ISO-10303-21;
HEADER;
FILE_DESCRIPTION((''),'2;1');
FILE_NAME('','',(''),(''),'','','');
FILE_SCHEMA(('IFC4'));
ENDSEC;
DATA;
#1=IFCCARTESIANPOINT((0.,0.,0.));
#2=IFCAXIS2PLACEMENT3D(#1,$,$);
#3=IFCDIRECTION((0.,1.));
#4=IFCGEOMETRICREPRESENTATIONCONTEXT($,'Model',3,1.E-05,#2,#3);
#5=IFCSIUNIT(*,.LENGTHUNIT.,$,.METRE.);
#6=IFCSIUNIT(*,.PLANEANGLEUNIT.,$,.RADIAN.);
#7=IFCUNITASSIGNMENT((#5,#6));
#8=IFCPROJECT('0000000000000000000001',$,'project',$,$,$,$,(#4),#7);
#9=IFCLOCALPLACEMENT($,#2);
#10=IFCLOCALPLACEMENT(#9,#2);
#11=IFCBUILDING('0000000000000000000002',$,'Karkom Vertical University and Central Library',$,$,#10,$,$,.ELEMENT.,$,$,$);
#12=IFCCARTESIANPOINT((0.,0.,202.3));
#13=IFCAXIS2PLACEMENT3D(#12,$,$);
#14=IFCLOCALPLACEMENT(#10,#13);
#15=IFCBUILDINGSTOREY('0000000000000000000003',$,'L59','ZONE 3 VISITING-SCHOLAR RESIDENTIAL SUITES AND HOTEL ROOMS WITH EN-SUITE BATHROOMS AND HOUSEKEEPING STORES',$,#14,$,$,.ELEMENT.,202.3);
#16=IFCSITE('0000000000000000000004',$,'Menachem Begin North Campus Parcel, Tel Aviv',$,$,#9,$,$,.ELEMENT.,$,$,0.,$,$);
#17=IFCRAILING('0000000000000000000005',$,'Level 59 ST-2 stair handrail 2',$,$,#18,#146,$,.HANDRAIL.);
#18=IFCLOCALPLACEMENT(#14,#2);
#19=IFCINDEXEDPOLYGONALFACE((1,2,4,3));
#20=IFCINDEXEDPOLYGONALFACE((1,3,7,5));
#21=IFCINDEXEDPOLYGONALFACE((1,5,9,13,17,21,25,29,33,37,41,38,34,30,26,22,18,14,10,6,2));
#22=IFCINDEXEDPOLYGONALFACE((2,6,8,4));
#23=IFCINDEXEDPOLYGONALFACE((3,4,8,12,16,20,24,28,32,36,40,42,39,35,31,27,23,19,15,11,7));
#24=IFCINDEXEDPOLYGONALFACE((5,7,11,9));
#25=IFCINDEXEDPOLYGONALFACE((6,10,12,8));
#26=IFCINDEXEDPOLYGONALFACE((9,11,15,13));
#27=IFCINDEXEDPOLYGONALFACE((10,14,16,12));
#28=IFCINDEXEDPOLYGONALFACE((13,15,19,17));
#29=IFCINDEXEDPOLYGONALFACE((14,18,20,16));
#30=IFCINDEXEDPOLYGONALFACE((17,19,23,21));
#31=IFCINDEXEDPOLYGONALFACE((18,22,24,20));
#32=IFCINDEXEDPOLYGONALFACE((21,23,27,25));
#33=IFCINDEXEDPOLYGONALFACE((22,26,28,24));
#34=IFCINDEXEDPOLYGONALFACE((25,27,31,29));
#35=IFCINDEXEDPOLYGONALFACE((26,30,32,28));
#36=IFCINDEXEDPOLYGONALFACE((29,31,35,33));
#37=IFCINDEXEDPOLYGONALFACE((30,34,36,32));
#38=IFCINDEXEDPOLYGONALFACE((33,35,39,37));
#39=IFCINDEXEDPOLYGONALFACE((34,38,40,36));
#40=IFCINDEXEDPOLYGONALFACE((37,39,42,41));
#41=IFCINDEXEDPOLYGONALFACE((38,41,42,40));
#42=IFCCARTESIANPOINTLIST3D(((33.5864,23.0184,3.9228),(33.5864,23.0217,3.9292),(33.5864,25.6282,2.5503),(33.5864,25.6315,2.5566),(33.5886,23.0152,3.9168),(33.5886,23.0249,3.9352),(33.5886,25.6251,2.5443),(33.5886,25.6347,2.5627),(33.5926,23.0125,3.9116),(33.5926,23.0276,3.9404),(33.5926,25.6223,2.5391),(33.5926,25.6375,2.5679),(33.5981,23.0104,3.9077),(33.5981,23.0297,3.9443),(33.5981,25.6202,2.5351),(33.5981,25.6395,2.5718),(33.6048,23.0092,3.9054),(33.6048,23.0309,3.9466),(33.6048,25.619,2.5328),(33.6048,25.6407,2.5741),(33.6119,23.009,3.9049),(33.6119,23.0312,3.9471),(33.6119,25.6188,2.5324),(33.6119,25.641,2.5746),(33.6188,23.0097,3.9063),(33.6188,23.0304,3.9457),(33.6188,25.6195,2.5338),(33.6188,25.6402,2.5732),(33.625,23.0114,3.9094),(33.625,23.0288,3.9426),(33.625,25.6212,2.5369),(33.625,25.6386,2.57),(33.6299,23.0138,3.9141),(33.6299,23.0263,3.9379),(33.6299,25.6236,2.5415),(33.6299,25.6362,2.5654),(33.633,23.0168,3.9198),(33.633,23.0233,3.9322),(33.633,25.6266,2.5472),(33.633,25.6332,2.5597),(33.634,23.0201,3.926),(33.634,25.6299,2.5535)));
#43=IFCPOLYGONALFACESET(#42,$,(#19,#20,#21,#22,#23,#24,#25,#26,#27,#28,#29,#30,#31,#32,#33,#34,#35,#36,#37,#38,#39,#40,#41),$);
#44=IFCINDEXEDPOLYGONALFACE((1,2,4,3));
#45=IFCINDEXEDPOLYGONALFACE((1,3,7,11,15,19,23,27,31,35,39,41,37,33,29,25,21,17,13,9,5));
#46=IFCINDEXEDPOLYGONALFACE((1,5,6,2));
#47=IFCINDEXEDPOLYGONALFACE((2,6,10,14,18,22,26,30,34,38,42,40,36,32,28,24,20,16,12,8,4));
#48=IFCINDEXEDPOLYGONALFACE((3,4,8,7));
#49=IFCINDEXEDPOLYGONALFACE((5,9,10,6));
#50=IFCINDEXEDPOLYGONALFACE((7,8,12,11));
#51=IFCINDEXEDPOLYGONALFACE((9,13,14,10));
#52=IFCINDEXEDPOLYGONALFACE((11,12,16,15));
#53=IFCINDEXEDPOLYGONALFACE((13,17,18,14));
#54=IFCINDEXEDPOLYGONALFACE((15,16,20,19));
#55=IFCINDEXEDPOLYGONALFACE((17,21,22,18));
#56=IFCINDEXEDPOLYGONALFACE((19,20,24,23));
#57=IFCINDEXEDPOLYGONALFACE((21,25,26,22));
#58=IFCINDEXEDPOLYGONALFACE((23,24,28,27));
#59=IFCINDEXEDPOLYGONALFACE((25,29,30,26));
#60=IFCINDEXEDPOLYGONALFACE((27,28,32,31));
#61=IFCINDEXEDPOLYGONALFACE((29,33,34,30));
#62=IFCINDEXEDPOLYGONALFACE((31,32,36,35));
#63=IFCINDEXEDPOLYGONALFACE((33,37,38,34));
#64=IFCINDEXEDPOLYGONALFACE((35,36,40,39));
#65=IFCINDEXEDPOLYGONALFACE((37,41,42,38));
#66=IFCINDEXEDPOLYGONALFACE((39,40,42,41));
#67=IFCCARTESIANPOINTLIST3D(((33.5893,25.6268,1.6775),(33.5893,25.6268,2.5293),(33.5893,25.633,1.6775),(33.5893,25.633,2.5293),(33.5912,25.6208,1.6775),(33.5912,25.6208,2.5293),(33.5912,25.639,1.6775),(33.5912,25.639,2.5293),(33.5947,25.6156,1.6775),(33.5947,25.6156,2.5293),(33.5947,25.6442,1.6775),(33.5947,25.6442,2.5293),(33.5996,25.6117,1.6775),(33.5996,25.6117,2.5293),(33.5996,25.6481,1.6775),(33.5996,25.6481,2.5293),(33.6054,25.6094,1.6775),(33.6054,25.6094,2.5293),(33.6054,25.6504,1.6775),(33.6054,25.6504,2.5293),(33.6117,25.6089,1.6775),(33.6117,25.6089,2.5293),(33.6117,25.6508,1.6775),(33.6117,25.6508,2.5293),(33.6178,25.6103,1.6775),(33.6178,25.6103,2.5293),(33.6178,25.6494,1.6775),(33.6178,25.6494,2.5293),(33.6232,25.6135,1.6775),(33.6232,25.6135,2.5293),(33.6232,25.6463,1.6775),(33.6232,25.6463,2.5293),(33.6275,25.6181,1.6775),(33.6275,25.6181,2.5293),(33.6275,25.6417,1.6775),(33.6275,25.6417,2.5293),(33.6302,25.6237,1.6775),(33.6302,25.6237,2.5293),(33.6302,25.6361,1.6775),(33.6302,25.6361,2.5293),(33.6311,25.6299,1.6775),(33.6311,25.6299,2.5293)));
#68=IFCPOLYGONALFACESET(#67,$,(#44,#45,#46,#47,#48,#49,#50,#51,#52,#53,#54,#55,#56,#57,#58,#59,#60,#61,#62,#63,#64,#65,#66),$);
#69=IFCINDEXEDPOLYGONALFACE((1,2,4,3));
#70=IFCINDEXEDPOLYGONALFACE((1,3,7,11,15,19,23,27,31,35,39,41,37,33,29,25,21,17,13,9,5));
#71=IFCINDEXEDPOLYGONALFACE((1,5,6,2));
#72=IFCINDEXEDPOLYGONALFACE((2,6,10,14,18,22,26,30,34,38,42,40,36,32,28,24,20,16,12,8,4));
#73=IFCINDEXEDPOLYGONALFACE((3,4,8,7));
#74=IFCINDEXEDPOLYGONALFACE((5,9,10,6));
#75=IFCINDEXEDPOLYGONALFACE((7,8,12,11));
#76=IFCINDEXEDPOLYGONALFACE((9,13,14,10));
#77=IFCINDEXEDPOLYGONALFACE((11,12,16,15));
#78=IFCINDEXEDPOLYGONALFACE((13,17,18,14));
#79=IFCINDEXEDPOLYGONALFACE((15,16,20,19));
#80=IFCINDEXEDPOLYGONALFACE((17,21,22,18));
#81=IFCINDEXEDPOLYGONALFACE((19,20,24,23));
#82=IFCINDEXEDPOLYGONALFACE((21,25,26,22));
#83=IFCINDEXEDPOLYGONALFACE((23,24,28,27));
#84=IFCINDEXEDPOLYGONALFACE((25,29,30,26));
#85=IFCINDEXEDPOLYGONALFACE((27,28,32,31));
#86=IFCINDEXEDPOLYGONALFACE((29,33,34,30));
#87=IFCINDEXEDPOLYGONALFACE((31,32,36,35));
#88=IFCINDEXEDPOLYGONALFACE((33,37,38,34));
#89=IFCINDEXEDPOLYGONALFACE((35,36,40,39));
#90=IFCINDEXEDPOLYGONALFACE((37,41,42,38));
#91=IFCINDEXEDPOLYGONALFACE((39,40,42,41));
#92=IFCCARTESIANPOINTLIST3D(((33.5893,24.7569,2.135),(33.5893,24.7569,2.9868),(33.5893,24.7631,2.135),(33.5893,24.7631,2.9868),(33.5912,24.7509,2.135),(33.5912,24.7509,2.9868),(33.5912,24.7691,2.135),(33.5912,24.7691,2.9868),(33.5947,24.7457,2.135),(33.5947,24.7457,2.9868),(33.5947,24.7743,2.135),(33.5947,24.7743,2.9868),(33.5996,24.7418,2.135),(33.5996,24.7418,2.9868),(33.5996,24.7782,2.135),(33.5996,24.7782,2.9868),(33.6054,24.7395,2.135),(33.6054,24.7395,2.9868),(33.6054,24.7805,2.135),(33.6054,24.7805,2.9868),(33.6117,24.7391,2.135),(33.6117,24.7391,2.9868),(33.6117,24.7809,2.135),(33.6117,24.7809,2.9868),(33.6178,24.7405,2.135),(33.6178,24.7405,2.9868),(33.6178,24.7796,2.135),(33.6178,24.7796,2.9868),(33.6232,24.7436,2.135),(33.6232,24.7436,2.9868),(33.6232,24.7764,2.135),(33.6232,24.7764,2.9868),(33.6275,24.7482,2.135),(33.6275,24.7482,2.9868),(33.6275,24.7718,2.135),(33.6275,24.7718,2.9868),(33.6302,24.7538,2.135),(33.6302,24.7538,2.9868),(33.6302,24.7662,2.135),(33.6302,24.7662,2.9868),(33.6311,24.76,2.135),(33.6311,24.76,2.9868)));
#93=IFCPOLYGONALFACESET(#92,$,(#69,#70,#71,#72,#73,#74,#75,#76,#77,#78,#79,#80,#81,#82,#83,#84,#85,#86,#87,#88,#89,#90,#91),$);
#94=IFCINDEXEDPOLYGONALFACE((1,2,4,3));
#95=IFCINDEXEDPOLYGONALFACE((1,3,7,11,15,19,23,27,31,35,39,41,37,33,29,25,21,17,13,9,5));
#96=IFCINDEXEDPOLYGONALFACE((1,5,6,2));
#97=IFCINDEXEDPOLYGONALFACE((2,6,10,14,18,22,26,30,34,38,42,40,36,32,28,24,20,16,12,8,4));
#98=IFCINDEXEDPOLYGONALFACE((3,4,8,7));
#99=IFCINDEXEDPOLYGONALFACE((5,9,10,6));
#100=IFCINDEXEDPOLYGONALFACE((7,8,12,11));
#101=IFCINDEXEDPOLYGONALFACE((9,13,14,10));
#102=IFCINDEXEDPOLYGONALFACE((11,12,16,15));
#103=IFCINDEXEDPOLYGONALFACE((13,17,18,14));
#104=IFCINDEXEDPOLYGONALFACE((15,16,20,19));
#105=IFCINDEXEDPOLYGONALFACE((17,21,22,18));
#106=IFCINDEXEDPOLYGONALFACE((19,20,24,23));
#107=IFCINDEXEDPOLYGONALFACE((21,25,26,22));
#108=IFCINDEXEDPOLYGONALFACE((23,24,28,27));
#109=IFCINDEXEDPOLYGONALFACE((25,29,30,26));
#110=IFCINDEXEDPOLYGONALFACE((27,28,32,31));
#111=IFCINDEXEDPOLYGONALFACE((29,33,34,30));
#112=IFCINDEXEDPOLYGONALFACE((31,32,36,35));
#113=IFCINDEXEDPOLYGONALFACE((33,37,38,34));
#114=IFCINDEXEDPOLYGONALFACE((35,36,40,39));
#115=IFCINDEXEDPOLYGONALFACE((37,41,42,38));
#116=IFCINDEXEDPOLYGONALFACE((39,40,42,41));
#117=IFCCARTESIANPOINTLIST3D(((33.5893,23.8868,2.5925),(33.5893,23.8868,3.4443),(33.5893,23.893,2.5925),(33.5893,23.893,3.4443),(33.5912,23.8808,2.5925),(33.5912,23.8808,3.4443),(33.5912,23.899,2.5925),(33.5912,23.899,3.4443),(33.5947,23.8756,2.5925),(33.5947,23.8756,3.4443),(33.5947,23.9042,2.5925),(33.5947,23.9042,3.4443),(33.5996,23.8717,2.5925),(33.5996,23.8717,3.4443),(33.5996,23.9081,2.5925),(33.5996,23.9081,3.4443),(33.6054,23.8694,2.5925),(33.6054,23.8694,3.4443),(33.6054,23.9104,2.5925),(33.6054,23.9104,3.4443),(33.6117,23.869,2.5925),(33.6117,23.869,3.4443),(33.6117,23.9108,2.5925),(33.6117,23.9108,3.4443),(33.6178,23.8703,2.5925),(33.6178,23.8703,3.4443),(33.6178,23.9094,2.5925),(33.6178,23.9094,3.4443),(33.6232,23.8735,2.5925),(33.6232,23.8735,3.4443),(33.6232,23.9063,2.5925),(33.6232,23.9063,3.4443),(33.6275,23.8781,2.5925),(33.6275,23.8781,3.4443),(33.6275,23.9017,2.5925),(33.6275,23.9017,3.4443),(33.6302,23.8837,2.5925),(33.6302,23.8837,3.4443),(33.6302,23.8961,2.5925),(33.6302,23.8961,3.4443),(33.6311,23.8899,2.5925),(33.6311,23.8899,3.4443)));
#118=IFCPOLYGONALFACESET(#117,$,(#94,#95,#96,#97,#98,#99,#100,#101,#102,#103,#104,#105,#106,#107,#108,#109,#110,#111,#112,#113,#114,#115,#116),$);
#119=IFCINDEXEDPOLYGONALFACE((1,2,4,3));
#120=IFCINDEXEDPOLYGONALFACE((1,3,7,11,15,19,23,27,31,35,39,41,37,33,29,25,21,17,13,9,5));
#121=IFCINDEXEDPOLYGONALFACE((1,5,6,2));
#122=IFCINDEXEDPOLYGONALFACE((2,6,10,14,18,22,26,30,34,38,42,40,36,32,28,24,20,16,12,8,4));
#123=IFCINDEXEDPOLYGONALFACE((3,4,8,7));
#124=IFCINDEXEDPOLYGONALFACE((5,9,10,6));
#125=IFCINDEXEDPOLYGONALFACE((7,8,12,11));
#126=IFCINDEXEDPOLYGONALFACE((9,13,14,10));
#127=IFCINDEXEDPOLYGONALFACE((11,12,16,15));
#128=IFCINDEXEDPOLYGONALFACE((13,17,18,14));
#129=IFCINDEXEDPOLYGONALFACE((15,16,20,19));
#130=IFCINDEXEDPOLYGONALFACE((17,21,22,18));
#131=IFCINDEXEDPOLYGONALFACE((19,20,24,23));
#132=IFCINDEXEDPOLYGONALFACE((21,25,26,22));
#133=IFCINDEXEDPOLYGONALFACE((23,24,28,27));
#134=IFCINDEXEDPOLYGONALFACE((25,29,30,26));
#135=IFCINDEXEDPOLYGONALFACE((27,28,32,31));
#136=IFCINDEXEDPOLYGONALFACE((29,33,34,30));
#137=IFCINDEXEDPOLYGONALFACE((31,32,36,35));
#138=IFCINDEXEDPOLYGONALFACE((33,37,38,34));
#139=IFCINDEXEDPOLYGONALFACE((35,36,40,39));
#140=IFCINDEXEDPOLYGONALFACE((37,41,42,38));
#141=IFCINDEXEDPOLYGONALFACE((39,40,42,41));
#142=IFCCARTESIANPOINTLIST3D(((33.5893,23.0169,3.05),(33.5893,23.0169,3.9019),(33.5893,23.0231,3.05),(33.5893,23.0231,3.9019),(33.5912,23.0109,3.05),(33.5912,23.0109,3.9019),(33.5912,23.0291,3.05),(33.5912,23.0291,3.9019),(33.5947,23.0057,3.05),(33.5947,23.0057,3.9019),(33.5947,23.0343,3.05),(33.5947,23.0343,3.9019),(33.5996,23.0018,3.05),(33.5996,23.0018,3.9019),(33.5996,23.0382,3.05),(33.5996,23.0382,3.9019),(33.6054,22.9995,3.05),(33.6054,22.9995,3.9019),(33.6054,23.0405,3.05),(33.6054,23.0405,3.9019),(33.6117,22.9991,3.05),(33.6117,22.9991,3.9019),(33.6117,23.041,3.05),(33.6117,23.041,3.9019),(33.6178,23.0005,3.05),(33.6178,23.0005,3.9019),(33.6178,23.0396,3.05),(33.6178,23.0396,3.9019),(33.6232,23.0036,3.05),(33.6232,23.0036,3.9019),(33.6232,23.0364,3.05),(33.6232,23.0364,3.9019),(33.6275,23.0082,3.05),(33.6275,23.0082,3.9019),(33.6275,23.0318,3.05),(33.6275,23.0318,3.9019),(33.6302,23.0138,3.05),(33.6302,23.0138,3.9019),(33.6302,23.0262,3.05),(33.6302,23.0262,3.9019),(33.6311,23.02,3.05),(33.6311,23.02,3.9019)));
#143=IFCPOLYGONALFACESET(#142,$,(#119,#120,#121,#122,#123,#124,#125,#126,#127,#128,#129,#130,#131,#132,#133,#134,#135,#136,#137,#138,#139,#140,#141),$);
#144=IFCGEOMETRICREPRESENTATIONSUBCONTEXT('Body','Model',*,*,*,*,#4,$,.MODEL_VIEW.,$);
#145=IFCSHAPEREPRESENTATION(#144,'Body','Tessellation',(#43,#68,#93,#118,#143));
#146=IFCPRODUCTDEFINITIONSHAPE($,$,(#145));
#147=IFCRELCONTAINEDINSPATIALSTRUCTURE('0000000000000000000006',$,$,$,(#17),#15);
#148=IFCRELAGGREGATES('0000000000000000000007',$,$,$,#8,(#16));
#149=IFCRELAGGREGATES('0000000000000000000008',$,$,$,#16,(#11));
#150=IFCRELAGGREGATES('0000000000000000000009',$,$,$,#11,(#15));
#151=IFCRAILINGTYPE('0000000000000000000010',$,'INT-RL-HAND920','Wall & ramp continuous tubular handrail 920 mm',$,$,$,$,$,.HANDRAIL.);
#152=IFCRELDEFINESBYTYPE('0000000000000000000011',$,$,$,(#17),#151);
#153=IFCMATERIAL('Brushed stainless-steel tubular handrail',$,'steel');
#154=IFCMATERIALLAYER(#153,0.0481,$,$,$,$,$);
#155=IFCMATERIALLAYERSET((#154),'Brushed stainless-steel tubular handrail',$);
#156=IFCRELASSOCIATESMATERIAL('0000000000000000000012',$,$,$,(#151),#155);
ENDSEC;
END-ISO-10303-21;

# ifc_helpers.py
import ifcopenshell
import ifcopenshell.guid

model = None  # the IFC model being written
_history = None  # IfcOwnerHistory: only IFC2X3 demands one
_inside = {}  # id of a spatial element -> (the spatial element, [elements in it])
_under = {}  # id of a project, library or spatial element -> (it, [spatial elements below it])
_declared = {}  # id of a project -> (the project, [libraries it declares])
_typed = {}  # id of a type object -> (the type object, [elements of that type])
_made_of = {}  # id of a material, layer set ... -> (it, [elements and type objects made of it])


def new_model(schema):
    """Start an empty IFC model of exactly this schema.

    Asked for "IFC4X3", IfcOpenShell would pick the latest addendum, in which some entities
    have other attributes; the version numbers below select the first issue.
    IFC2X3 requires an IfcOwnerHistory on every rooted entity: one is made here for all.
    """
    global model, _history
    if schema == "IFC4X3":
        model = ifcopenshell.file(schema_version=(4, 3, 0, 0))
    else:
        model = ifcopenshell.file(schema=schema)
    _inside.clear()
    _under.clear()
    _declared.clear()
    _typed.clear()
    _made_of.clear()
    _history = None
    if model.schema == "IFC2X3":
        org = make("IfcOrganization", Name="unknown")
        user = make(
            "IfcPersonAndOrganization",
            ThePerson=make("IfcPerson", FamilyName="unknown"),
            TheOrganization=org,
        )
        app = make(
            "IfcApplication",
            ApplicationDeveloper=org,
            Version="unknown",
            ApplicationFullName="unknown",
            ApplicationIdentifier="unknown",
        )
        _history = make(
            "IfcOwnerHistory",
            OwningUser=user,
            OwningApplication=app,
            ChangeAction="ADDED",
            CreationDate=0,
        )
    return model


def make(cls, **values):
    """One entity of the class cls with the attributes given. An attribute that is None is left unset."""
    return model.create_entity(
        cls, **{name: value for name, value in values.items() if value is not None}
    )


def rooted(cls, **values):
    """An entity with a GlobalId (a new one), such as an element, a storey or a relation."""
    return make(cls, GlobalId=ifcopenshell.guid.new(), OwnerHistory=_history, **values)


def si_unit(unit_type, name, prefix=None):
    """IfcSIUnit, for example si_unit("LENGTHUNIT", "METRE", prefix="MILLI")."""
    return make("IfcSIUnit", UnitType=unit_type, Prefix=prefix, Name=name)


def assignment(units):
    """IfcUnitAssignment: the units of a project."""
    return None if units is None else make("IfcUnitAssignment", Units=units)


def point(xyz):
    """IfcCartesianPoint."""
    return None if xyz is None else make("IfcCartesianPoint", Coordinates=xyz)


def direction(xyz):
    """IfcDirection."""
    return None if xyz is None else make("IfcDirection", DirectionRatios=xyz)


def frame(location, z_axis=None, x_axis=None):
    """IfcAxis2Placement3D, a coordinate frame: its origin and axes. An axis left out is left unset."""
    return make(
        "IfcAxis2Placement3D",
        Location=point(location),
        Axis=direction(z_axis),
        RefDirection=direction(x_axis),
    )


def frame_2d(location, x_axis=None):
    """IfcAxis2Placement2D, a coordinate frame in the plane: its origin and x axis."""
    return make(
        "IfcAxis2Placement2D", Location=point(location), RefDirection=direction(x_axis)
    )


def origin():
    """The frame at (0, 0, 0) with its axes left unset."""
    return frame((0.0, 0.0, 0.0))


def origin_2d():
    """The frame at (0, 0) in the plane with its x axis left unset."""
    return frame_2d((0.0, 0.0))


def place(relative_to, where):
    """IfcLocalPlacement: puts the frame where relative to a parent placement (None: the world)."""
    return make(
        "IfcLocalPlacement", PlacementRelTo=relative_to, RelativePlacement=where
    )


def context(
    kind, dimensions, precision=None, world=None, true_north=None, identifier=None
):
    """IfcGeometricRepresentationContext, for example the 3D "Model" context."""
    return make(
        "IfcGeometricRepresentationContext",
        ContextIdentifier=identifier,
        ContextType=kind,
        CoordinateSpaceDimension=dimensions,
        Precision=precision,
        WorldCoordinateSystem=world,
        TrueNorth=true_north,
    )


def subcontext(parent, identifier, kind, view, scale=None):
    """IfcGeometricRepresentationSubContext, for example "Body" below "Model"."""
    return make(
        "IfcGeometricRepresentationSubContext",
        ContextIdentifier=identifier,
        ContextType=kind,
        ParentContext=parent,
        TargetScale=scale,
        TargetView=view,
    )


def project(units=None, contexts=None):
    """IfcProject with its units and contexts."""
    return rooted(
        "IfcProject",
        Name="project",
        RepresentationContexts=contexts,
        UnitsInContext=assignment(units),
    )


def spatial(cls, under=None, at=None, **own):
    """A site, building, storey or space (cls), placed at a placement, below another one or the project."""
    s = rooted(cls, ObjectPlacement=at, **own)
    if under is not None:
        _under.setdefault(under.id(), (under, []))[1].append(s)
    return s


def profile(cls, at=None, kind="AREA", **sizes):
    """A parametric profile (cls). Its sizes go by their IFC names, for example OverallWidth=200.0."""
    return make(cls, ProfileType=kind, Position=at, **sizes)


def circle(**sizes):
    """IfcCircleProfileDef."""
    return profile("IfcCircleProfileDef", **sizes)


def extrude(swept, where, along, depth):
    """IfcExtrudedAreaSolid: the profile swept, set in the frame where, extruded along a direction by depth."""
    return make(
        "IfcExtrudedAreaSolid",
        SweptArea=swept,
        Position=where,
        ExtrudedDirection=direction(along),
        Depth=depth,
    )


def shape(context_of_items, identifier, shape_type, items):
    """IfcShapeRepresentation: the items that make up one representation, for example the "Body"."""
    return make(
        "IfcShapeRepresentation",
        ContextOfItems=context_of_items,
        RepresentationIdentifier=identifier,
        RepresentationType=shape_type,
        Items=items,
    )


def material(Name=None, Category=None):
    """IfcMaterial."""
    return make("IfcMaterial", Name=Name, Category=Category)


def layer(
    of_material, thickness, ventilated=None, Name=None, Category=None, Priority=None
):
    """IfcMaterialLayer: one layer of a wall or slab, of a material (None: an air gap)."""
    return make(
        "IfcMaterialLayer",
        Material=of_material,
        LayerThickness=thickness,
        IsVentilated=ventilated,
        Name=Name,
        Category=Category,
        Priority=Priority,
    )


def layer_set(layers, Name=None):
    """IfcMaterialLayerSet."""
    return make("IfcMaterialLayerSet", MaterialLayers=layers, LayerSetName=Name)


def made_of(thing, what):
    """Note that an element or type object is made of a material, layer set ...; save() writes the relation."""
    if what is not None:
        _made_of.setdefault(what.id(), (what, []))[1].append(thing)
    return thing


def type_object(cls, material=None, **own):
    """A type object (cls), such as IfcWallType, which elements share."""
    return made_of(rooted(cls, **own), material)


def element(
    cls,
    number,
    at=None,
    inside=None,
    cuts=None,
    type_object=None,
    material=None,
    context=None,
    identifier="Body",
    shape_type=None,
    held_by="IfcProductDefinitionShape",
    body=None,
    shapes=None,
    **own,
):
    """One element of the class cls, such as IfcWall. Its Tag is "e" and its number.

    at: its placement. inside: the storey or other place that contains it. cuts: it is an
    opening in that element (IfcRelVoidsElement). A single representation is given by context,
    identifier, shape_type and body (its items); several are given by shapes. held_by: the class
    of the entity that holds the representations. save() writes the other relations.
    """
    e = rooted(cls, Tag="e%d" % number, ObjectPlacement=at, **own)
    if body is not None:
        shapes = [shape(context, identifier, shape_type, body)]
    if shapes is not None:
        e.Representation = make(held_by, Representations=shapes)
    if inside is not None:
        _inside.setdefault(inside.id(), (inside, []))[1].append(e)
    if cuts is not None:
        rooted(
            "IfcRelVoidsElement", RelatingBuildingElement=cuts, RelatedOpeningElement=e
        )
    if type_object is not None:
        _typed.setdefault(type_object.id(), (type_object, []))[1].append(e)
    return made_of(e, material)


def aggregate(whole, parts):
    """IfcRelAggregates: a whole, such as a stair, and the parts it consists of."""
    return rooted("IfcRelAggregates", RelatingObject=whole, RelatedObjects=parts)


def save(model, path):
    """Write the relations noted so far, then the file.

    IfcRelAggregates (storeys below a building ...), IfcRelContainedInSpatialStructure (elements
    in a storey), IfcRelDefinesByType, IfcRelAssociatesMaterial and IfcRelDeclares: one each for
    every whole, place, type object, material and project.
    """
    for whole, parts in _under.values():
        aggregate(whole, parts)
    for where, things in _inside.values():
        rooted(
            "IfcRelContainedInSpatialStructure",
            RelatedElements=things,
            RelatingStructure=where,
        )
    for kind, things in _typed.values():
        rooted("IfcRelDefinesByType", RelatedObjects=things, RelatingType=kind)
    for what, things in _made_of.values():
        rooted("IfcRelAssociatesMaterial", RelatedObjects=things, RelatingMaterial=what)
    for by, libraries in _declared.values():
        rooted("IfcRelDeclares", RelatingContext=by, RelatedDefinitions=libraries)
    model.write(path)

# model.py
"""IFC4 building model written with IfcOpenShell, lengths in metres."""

from ifc_helpers import new_model, si_unit, direction, frame, origin, origin_2d, place, context, subcontext, project, spatial, circle, extrude, material, layer, layer_set, type_object, element, save


model = new_model("IFC4")

# Units and contexts
model_context = context("Model", 3, precision=1e-05, world=origin(), true_north=direction((0.0, 1.0)))
body_context = subcontext(model_context, "Body", "Model", "MODEL_VIEW")
ifc_project = project(units=[si_unit("LENGTHUNIT", "METRE"), si_unit("PLANEANGLEUNIT", "RADIAN")], contexts=[model_context])

# Site, building, storey
site_placement = place(None, origin())
site = spatial("IfcSite", under=ifc_project, at=site_placement, Name="Menachem Begin North Campus Parcel, Tel Aviv", CompositionType="ELEMENT", RefElevation=0.0)
building_placement = place(site_placement, origin())
building = spatial("IfcBuilding", under=site, at=building_placement, Name="Karkom Vertical University and Central Library", CompositionType="ELEMENT")
storey_placement = place(building_placement, frame((0.0, 0.0, 202.3)))
storey = spatial("IfcBuildingStorey", under=building, at=storey_placement, Name="L59", Description="ZONE 3 VISITING-SCHOLAR RESIDENTIAL SUITES AND HOTEL ROOMS WITH EN-SUITE BATHROOMS AND HOUSEKEEPING STORES", CompositionType="ELEMENT", Elevation=202.3)

# Railing
ifc_material_1 = material(Name="Brushed stainless-steel tubular handrail", Category="steel")
ifc_layer_1 = layer(ifc_material_1, 0.0481)
ifc_layer_set_1 = layer_set([ifc_layer_1], Name="Brushed stainless-steel tubular handrail")
railing_type_1 = type_object("IfcRailingType", Name="INT-RL-HAND920", Description="Wall & ramp continuous tubular handrail 920 mm", PredefinedType="HANDRAIL", material=ifc_layer_set_1)
railing_1_placement = place(storey_placement, frame((33.6101, 25.6299, 1.6775)))
element("IfcRailing", 1, at=railing_1_placement, inside=storey, type_object=railing_type_1, Name="Level 59 ST-2 stair handrail 2", PredefinedType="HANDRAIL", context=body_context, shape_type="SweptSolid", body=[
    extrude(circle(Radius=0.0239, at=origin_2d()), frame((0.0, 0.0, 0.876), z_axis=(0.0, -0.885065, 0.465467), x_axis=(1.0, 0.0, 0.0)), (0.0, 0.0, 1.0), 2.9487),
    extrude(circle(Radius=0.021, at=origin_2d()), origin(), (0.0, 0.0, 1.0), 0.8518),
    extrude(circle(Radius=0.021, at=origin_2d()), frame((0.0, -0.8699, 0.4575)), (0.0, 0.0, 1.0), 0.8518),
    extrude(circle(Radius=0.021, at=origin_2d()), frame((0.0, -1.74, 0.915)), (0.0, 0.0, 1.0), 0.8518),
    extrude(circle(Radius=0.021, at=origin_2d()), frame((0.0, -2.6099, 1.3726)), (0.0, 0.0, 1.0), 0.8518),
])

save(model, "model.ifc")
